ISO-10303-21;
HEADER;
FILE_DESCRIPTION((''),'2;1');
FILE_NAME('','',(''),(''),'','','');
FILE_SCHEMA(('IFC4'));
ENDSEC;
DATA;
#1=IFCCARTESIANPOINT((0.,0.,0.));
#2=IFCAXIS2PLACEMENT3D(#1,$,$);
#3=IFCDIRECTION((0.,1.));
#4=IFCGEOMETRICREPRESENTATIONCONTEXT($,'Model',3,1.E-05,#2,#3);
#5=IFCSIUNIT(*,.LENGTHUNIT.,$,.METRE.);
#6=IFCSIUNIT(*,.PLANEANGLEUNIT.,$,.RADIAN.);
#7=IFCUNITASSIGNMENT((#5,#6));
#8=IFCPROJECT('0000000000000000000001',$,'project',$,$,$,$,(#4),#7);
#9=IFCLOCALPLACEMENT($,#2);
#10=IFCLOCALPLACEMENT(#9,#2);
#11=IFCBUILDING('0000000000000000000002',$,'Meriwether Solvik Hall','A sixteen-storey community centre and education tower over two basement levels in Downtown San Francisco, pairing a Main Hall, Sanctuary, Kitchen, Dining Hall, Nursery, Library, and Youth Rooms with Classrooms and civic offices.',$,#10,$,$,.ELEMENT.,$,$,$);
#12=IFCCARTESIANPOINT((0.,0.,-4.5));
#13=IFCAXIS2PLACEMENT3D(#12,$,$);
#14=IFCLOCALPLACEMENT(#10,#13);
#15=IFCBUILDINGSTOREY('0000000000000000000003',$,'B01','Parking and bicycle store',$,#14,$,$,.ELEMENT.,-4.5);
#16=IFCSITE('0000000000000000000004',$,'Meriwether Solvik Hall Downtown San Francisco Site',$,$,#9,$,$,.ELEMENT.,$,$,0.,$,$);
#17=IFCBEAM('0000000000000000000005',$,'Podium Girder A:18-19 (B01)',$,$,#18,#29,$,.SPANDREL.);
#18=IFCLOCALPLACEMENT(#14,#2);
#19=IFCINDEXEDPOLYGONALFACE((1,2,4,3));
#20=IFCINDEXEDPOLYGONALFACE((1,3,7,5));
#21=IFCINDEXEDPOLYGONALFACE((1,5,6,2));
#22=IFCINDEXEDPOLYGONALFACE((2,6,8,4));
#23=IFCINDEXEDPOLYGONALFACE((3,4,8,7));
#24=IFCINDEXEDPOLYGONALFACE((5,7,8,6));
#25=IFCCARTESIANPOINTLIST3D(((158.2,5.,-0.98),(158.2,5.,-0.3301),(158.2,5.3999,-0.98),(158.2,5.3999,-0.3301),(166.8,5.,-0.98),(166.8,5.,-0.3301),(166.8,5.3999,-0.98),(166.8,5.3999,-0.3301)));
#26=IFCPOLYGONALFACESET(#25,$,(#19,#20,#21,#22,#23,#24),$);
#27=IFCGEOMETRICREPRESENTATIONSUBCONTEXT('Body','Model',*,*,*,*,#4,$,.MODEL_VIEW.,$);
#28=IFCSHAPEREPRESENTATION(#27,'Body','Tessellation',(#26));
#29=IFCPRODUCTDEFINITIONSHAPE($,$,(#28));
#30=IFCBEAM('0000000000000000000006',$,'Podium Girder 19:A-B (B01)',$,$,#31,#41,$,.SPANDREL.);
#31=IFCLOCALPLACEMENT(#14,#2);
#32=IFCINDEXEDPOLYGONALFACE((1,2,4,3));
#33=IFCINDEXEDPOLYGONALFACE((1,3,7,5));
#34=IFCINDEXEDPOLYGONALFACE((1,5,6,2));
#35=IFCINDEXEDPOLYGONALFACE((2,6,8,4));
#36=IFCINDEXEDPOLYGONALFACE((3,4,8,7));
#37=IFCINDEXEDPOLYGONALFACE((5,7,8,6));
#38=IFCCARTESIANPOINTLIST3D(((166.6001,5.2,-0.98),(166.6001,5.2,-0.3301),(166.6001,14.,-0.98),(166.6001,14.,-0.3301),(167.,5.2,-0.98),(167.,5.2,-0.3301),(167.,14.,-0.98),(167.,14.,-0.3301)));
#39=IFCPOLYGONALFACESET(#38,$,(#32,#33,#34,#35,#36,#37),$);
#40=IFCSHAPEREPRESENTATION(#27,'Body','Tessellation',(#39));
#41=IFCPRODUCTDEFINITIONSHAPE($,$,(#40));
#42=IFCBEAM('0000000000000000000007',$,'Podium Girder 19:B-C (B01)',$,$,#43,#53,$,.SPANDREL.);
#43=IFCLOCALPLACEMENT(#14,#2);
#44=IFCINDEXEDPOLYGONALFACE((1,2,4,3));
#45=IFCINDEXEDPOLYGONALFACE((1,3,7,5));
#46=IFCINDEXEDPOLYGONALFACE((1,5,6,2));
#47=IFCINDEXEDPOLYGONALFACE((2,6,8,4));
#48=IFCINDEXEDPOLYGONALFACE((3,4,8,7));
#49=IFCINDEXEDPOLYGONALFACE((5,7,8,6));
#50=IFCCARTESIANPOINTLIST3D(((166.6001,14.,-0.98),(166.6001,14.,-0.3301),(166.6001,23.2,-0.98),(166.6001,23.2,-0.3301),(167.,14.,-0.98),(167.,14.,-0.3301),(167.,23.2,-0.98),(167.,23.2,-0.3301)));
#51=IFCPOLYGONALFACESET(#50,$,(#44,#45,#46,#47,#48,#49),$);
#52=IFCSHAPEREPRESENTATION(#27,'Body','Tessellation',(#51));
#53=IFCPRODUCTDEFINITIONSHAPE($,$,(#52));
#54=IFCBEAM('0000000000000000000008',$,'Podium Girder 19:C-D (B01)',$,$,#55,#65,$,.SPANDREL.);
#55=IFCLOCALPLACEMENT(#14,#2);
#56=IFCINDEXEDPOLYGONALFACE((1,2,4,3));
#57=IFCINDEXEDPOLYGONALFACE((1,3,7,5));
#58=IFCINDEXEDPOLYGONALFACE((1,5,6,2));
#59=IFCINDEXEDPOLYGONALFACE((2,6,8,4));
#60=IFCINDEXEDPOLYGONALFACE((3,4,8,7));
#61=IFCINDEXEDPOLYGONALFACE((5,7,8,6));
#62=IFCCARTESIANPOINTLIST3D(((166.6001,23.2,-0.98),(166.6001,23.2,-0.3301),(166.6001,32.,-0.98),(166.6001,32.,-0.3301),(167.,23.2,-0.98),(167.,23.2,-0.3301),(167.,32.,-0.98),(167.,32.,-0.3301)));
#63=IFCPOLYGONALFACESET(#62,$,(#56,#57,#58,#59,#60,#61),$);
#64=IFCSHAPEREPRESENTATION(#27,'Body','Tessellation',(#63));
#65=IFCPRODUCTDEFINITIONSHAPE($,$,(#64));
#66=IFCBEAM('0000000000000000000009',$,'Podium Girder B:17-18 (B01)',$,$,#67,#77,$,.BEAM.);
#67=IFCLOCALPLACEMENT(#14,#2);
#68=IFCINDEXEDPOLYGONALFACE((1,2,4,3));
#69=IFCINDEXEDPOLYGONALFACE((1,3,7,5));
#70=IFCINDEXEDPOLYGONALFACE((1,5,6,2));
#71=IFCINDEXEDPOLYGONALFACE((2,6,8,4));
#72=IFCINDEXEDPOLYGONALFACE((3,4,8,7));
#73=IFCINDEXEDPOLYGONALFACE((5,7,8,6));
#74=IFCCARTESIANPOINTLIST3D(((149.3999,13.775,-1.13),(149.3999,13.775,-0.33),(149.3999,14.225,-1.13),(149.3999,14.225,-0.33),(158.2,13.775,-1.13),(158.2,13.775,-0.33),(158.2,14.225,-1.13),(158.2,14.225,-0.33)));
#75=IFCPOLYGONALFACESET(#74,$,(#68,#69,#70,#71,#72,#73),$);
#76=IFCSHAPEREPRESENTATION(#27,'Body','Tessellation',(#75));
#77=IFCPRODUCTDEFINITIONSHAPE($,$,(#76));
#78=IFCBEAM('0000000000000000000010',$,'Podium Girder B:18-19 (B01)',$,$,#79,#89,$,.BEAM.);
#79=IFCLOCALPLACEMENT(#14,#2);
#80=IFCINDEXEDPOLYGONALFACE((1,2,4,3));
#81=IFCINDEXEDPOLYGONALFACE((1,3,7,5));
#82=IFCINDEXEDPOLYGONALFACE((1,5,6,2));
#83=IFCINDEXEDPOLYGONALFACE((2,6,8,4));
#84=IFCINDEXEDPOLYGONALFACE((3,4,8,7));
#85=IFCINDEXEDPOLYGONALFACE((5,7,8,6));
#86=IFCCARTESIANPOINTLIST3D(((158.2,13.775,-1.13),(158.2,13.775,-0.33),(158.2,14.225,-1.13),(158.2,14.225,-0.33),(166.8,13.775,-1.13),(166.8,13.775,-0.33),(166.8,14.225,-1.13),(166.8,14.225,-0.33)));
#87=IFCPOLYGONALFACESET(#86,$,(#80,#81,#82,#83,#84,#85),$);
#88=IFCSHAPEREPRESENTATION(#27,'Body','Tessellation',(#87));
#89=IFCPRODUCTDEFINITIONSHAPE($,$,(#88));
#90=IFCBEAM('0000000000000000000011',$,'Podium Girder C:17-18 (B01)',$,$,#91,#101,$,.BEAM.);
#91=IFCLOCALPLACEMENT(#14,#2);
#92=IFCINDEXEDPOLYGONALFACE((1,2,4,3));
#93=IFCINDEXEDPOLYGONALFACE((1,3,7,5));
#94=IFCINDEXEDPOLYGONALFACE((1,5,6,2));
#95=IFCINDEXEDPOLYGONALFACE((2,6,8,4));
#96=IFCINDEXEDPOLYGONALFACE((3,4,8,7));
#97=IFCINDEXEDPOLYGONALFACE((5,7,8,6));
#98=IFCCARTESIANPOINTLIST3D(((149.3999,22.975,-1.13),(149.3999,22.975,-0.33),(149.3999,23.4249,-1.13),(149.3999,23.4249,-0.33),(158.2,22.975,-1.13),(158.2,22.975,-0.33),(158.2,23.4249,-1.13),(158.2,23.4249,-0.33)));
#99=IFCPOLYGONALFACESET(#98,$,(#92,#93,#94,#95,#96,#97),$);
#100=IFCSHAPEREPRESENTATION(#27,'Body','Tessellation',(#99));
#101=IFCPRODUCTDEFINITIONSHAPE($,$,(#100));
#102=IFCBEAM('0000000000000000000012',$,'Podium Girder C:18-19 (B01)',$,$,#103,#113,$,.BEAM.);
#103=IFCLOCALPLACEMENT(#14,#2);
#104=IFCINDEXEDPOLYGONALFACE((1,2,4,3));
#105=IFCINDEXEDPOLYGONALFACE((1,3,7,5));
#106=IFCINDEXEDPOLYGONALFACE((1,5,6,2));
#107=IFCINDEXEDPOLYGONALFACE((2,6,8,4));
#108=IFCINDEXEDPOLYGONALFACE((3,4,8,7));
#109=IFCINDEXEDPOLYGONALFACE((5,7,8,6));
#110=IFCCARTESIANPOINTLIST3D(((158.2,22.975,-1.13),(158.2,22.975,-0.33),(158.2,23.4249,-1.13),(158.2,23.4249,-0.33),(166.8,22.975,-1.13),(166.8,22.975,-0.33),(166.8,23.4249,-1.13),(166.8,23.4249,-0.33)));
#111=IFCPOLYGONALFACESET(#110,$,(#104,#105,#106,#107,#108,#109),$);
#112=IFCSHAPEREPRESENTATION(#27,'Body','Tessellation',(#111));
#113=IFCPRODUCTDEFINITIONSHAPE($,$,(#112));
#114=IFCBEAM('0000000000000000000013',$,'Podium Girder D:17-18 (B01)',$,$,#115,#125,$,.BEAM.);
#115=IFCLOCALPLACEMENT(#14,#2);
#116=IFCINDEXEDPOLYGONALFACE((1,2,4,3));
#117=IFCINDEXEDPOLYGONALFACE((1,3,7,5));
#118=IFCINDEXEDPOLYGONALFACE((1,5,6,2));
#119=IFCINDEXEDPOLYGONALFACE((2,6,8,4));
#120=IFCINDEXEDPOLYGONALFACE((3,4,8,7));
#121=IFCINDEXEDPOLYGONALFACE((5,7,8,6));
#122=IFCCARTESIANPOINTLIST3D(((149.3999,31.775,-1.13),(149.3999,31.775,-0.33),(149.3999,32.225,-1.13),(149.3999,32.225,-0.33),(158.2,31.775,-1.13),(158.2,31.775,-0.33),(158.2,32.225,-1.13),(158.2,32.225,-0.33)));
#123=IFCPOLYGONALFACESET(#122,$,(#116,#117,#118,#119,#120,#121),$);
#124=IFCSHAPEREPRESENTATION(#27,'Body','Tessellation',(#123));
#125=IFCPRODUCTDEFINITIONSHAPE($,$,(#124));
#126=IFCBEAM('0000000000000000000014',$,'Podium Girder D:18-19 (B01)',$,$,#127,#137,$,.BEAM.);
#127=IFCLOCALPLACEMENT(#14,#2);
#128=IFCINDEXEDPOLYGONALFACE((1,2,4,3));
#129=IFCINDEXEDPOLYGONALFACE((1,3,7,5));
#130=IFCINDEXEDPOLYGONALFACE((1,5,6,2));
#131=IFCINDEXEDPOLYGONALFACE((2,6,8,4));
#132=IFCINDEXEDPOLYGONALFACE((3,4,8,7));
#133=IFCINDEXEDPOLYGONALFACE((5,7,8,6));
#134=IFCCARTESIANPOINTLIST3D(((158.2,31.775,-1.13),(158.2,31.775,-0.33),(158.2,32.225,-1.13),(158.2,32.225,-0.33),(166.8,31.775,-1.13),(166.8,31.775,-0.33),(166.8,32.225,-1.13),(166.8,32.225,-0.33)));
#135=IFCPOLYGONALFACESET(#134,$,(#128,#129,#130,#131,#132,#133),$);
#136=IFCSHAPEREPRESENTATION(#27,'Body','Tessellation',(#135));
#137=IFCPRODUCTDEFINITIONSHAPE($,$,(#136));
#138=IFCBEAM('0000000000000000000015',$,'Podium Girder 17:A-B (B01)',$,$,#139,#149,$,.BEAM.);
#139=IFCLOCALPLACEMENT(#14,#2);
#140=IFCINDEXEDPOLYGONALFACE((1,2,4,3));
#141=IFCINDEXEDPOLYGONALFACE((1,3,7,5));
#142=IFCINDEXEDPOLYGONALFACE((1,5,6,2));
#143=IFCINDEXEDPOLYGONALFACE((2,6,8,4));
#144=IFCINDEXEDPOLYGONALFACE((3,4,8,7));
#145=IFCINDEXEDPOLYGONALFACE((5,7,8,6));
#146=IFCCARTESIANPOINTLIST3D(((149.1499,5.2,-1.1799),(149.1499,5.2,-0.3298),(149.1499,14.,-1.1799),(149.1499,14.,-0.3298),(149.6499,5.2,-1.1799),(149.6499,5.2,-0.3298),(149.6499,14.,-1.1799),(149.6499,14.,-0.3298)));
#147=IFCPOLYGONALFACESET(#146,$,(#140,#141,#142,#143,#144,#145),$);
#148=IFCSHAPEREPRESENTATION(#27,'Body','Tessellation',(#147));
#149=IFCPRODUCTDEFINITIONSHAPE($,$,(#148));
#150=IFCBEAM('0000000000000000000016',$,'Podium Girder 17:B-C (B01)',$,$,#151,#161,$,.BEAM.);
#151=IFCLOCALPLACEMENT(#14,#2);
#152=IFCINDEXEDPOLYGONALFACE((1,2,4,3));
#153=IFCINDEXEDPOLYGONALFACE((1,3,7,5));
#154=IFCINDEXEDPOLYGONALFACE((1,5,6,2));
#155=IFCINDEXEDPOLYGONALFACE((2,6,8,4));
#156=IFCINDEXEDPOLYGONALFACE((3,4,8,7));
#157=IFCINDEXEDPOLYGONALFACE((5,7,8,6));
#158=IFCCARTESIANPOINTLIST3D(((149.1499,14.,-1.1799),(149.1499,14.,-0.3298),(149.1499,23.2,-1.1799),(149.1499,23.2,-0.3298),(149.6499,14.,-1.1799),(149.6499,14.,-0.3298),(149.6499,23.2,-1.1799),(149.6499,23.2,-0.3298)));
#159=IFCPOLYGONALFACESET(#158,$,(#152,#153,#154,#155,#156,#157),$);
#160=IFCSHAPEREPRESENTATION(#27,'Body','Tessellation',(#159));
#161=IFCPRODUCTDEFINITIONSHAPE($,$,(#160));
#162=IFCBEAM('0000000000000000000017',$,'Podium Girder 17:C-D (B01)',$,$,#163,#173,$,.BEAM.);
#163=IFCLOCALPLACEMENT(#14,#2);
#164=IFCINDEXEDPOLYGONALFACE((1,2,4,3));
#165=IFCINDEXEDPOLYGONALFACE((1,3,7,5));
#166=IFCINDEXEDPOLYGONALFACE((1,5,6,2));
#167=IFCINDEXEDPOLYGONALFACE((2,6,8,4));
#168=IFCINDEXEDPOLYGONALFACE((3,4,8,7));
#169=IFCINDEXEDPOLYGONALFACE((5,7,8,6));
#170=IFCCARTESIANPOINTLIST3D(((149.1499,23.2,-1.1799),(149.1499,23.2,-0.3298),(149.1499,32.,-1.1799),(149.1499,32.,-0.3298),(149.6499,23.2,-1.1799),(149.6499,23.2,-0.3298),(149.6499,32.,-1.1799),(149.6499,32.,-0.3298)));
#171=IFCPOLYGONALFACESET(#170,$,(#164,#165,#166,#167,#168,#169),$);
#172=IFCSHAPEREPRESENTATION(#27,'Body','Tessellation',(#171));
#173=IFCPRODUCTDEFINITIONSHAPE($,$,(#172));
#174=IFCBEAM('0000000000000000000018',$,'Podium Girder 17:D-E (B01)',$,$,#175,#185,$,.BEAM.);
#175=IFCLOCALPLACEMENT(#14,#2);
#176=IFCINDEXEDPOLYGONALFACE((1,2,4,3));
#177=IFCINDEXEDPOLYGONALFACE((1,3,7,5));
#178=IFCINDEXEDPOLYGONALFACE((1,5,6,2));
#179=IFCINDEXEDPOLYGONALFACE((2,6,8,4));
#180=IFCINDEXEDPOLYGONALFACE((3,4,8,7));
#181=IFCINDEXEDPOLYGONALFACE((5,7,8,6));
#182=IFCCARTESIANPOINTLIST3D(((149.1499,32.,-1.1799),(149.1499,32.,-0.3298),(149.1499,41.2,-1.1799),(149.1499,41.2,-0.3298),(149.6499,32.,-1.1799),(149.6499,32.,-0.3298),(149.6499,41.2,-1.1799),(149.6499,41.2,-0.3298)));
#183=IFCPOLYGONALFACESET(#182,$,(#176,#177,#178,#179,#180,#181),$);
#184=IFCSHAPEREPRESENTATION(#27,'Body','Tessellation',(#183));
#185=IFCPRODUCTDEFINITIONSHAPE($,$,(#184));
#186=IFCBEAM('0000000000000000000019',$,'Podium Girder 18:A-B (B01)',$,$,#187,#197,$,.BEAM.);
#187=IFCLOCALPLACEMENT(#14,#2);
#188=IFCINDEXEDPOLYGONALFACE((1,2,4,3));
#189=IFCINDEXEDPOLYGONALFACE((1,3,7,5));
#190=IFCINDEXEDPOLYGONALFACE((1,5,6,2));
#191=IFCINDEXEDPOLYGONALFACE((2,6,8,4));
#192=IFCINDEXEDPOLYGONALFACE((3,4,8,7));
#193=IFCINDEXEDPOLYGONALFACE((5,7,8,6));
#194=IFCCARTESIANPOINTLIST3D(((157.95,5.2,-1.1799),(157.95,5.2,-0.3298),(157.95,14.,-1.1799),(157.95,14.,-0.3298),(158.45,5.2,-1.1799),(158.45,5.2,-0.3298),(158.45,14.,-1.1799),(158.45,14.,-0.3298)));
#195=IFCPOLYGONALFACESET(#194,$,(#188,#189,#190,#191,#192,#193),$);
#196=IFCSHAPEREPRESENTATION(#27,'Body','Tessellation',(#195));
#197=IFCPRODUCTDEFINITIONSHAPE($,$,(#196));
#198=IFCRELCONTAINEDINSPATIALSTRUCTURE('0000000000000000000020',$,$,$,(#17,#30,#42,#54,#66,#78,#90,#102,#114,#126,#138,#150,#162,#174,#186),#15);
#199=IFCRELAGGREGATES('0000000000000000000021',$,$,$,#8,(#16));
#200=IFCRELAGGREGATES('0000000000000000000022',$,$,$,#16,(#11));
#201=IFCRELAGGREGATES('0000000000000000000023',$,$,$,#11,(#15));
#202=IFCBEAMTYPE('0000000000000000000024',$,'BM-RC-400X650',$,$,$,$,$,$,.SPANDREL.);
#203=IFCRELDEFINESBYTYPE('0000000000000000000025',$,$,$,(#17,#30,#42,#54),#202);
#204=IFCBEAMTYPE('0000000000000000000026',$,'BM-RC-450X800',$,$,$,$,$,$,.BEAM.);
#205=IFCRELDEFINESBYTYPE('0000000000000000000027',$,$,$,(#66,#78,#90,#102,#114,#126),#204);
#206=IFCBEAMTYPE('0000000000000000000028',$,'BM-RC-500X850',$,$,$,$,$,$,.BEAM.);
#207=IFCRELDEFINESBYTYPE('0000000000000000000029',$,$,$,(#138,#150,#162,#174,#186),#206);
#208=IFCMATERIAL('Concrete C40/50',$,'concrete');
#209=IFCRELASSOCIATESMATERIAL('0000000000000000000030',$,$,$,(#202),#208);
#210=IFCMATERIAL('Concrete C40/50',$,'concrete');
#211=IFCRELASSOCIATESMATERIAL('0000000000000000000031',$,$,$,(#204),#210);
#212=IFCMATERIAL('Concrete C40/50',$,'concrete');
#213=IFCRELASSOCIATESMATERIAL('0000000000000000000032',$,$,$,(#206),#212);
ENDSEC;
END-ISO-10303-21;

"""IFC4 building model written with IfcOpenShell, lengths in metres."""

from ifc_helpers import new_model, si_unit, direction, frame, origin, origin_2d, place, context, subcontext, project, spatial, rectangle, extrude, material, material_profile, profile_set, type_object, element, save


model = new_model("IFC4")

# Units and contexts
model_context = context("Model", 3, precision=1e-05, world=origin(), true_north=direction((0.0, 1.0)))
body_context = subcontext(model_context, "Body", "Model", "MODEL_VIEW")
ifc_project = project(units=[si_unit("LENGTHUNIT", "METRE"), si_unit("PLANEANGLEUNIT", "RADIAN")], contexts=[model_context])

# Site, building, storey
site_placement = place(None, origin())
site = spatial("IfcSite", under=ifc_project, at=site_placement, Name="Meriwether Solvik Hall Downtown San Francisco Site", CompositionType="ELEMENT", RefElevation=0.0)
building_placement = place(site_placement, origin())
building = spatial("IfcBuilding", under=site, at=building_placement, Name="Meriwether Solvik Hall", Description="A sixteen-storey community centre and education tower over two basement levels in Downtown San Francisco, pairing a Main Hall, Sanctuary, Kitchen, Dining Hall, Nursery, Library, and Youth Rooms with Classrooms and civic offices.", CompositionType="ELEMENT")
storey_placement = place(building_placement, frame((0.0, 0.0, -4.5)))
storey = spatial("IfcBuildingStorey", under=building, at=storey_placement, Name="B01", Description="Parking and bicycle store", CompositionType="ELEMENT", Elevation=-4.5)

# Beams
ifc_material_1 = material(Name="Concrete C40/50", Category="concrete")
ifc_material_profile_1 = material_profile(ifc_material_1, rectangle(XDim=0.3999, YDim=0.6499, at=origin_2d()), Name="RCB-400X650")
ifc_profile_set_1 = profile_set([ifc_material_profile_1], Name="Concrete C40/50")
beam_type_1 = type_object("IfcBeamType", Name="BM-RC-400X650", PredefinedType="SPANDREL", material=ifc_profile_set_1)
beam_1_placement = place(storey_placement, frame((158.2, 5.2, -0.655), z_axis=(1.0, 0.0, 0.0), x_axis=(0.0, 1.0, 0.0)))
element("IfcBeam", 1, at=beam_1_placement, inside=storey, type_object=beam_type_1, Name="Podium Girder A:18-19 (B01)", PredefinedType="SPANDREL", context=body_context, shape_type="SweptSolid", body=[
    extrude(rectangle(XDim=0.3999, YDim=0.6499, at=origin_2d()), origin(), (0.0, 0.0, 1.0), 8.6001),
])
beam_2_placement = place(storey_placement, frame((166.8, 5.2, -0.655), z_axis=(0.0, 1.0, 0.0), x_axis=(-1.0, 0.0, 0.0)))
element("IfcBeam", 2, at=beam_2_placement, inside=storey, type_object=beam_type_1, Name="Podium Girder 19:A-B (B01)", PredefinedType="SPANDREL", context=body_context, shape_type="SweptSolid", body=[
    extrude(rectangle(XDim=0.3999, YDim=0.6499, at=origin_2d()), origin(), (0.0, 0.0, 1.0), 8.8),
])
beam_3_placement = place(storey_placement, frame((166.8, 14.0, -0.655), z_axis=(0.0, 1.0, 0.0), x_axis=(-1.0, 0.0, 0.0)))
element("IfcBeam", 3, at=beam_3_placement, inside=storey, type_object=beam_type_1, Name="Podium Girder 19:B-C (B01)", PredefinedType="SPANDREL", context=body_context, shape_type="SweptSolid", body=[
    extrude(rectangle(XDim=0.3999, YDim=0.6499, at=origin_2d()), origin(), (0.0, 0.0, 1.0), 9.2),
])
beam_4_placement = place(storey_placement, frame((166.8, 23.2, -0.655), z_axis=(0.0, 1.0, 0.0), x_axis=(-1.0, 0.0, 0.0)))
element("IfcBeam", 4, at=beam_4_placement, inside=storey, type_object=beam_type_1, Name="Podium Girder 19:C-D (B01)", PredefinedType="SPANDREL", context=body_context, shape_type="SweptSolid", body=[
    extrude(rectangle(XDim=0.3999, YDim=0.6499, at=origin_2d()), origin(), (0.0, 0.0, 1.0), 8.8),
])
ifc_material_2 = material(Name="Concrete C40/50", Category="concrete")
ifc_material_profile_2 = material_profile(ifc_material_2, rectangle(XDim=0.45, YDim=0.8, at=origin_2d()), Name="RCB-450X800")
ifc_profile_set_2 = profile_set([ifc_material_profile_2], Name="Concrete C40/50")
beam_type_2 = type_object("IfcBeamType", Name="BM-RC-450X800", PredefinedType="BEAM", material=ifc_profile_set_2)
beam_5_placement = place(storey_placement, frame((149.3999, 14.0, -0.73), z_axis=(1.0, 0.0, 0.0), x_axis=(0.0, 1.0, 0.0)))
element("IfcBeam", 5, at=beam_5_placement, inside=storey, type_object=beam_type_2, Name="Podium Girder B:17-18 (B01)", PredefinedType="BEAM", context=body_context, shape_type="SweptSolid", body=[
    extrude(rectangle(XDim=0.45, YDim=0.8, at=origin_2d()), origin(), (0.0, 0.0, 1.0), 8.8),
])
beam_6_placement = place(storey_placement, frame((158.2, 14.0, -0.73), z_axis=(1.0, 0.0, 0.0), x_axis=(0.0, 1.0, 0.0)))
element("IfcBeam", 6, at=beam_6_placement, inside=storey, type_object=beam_type_2, Name="Podium Girder B:18-19 (B01)", PredefinedType="BEAM", context=body_context, shape_type="SweptSolid", body=[
    extrude(rectangle(XDim=0.45, YDim=0.8, at=origin_2d()), origin(), (0.0, 0.0, 1.0), 8.6001),
])
beam_7_placement = place(storey_placement, frame((149.3999, 23.2, -0.73), z_axis=(1.0, 0.0, 0.0), x_axis=(0.0, 1.0, 0.0)))
element("IfcBeam", 7, at=beam_7_placement, inside=storey, type_object=beam_type_2, Name="Podium Girder C:17-18 (B01)", PredefinedType="BEAM", context=body_context, shape_type="SweptSolid", body=[
    extrude(rectangle(XDim=0.45, YDim=0.8, at=origin_2d()), origin(), (0.0, 0.0, 1.0), 8.8),
])
beam_8_placement = place(storey_placement, frame((158.2, 23.2, -0.73), z_axis=(1.0, 0.0, 0.0), x_axis=(0.0, 1.0, 0.0)))
element("IfcBeam", 8, at=beam_8_placement, inside=storey, type_object=beam_type_2, Name="Podium Girder C:18-19 (B01)", PredefinedType="BEAM", context=body_context, shape_type="SweptSolid", body=[
    extrude(rectangle(XDim=0.45, YDim=0.8, at=origin_2d()), origin(), (0.0, 0.0, 1.0), 8.6001),
])
beam_9_placement = place(storey_placement, frame((149.3999, 32.0, -0.73), z_axis=(1.0, 0.0, 0.0), x_axis=(0.0, 1.0, 0.0)))
element("IfcBeam", 9, at=beam_9_placement, inside=storey, type_object=beam_type_2, Name="Podium Girder D:17-18 (B01)", PredefinedType="BEAM", context=body_context, shape_type="SweptSolid", body=[
    extrude(rectangle(XDim=0.45, YDim=0.8, at=origin_2d()), origin(), (0.0, 0.0, 1.0), 8.8),
])
beam_10_placement = place(storey_placement, frame((158.2, 32.0, -0.73), z_axis=(1.0, 0.0, 0.0), x_axis=(0.0, 1.0, 0.0)))
element("IfcBeam", 10, at=beam_10_placement, inside=storey, type_object=beam_type_2, Name="Podium Girder D:18-19 (B01)", PredefinedType="BEAM", context=body_context, shape_type="SweptSolid", body=[
    extrude(rectangle(XDim=0.45, YDim=0.8, at=origin_2d()), origin(), (0.0, 0.0, 1.0), 8.6001),
])
ifc_material_3 = material(Name="Concrete C40/50", Category="concrete")
ifc_material_profile_3 = material_profile(ifc_material_3, rectangle(XDim=0.5, YDim=0.8501, at=origin_2d()), Name="RCB-500X850")
ifc_profile_set_3 = profile_set([ifc_material_profile_3], Name="Concrete C40/50")
beam_type_3 = type_object("IfcBeamType", Name="BM-RC-500X850", PredefinedType="BEAM", material=ifc_profile_set_3)
beam_11_placement = place(storey_placement, frame((149.3999, 5.2, -0.7549), z_axis=(0.0, 1.0, 0.0), x_axis=(-1.0, 0.0, 0.0)))
element("IfcBeam", 11, at=beam_11_placement, inside=storey, type_object=beam_type_3, Name="Podium Girder 17:A-B (B01)", PredefinedType="BEAM", context=body_context, shape_type="SweptSolid", body=[
    extrude(rectangle(XDim=0.5, YDim=0.8501, at=origin_2d()), origin(), (0.0, 0.0, 1.0), 8.8),
])
beam_12_placement = place(storey_placement, frame((149.3999, 14.0, -0.7549), z_axis=(0.0, 1.0, 0.0), x_axis=(-1.0, 0.0, 0.0)))
element("IfcBeam", 12, at=beam_12_placement, inside=storey, type_object=beam_type_3, Name="Podium Girder 17:B-C (B01)", PredefinedType="BEAM", context=body_context, shape_type="SweptSolid", body=[
    extrude(rectangle(XDim=0.5, YDim=0.8501, at=origin_2d()), origin(), (0.0, 0.0, 1.0), 9.2),
])
beam_13_placement = place(storey_placement, frame((149.3999, 23.2, -0.7549), z_axis=(0.0, 1.0, 0.0), x_axis=(-1.0, 0.0, 0.0)))
element("IfcBeam", 13, at=beam_13_placement, inside=storey, type_object=beam_type_3, Name="Podium Girder 17:C-D (B01)", PredefinedType="BEAM", context=body_context, shape_type="SweptSolid", body=[
    extrude(rectangle(XDim=0.5, YDim=0.8501, at=origin_2d()), origin(), (0.0, 0.0, 1.0), 8.8),
])
beam_14_placement = place(storey_placement, frame((149.3999, 32.0, -0.7549), z_axis=(0.0, 1.0, 0.0), x_axis=(-1.0, 0.0, 0.0)))
element("IfcBeam", 14, at=beam_14_placement, inside=storey, type_object=beam_type_3, Name="Podium Girder 17:D-E (B01)", PredefinedType="BEAM", context=body_context, shape_type="SweptSolid", body=[
    extrude(rectangle(XDim=0.5, YDim=0.8501, at=origin_2d()), origin(), (0.0, 0.0, 1.0), 9.2),
])
beam_15_placement = place(storey_placement, frame((158.2, 5.2, -0.7549), z_axis=(0.0, 1.0, 0.0), x_axis=(-1.0, 0.0, 0.0)))
element("IfcBeam", 15, at=beam_15_placement, inside=storey, type_object=beam_type_3, Name="Podium Girder 18:A-B (B01)", PredefinedType="BEAM", context=body_context, shape_type="SweptSolid", body=[
    extrude(rectangle(XDim=0.5, YDim=0.8501, at=origin_2d()), origin(), (0.0, 0.0, 1.0), 8.8),
])

save(model, "model.ifc")
